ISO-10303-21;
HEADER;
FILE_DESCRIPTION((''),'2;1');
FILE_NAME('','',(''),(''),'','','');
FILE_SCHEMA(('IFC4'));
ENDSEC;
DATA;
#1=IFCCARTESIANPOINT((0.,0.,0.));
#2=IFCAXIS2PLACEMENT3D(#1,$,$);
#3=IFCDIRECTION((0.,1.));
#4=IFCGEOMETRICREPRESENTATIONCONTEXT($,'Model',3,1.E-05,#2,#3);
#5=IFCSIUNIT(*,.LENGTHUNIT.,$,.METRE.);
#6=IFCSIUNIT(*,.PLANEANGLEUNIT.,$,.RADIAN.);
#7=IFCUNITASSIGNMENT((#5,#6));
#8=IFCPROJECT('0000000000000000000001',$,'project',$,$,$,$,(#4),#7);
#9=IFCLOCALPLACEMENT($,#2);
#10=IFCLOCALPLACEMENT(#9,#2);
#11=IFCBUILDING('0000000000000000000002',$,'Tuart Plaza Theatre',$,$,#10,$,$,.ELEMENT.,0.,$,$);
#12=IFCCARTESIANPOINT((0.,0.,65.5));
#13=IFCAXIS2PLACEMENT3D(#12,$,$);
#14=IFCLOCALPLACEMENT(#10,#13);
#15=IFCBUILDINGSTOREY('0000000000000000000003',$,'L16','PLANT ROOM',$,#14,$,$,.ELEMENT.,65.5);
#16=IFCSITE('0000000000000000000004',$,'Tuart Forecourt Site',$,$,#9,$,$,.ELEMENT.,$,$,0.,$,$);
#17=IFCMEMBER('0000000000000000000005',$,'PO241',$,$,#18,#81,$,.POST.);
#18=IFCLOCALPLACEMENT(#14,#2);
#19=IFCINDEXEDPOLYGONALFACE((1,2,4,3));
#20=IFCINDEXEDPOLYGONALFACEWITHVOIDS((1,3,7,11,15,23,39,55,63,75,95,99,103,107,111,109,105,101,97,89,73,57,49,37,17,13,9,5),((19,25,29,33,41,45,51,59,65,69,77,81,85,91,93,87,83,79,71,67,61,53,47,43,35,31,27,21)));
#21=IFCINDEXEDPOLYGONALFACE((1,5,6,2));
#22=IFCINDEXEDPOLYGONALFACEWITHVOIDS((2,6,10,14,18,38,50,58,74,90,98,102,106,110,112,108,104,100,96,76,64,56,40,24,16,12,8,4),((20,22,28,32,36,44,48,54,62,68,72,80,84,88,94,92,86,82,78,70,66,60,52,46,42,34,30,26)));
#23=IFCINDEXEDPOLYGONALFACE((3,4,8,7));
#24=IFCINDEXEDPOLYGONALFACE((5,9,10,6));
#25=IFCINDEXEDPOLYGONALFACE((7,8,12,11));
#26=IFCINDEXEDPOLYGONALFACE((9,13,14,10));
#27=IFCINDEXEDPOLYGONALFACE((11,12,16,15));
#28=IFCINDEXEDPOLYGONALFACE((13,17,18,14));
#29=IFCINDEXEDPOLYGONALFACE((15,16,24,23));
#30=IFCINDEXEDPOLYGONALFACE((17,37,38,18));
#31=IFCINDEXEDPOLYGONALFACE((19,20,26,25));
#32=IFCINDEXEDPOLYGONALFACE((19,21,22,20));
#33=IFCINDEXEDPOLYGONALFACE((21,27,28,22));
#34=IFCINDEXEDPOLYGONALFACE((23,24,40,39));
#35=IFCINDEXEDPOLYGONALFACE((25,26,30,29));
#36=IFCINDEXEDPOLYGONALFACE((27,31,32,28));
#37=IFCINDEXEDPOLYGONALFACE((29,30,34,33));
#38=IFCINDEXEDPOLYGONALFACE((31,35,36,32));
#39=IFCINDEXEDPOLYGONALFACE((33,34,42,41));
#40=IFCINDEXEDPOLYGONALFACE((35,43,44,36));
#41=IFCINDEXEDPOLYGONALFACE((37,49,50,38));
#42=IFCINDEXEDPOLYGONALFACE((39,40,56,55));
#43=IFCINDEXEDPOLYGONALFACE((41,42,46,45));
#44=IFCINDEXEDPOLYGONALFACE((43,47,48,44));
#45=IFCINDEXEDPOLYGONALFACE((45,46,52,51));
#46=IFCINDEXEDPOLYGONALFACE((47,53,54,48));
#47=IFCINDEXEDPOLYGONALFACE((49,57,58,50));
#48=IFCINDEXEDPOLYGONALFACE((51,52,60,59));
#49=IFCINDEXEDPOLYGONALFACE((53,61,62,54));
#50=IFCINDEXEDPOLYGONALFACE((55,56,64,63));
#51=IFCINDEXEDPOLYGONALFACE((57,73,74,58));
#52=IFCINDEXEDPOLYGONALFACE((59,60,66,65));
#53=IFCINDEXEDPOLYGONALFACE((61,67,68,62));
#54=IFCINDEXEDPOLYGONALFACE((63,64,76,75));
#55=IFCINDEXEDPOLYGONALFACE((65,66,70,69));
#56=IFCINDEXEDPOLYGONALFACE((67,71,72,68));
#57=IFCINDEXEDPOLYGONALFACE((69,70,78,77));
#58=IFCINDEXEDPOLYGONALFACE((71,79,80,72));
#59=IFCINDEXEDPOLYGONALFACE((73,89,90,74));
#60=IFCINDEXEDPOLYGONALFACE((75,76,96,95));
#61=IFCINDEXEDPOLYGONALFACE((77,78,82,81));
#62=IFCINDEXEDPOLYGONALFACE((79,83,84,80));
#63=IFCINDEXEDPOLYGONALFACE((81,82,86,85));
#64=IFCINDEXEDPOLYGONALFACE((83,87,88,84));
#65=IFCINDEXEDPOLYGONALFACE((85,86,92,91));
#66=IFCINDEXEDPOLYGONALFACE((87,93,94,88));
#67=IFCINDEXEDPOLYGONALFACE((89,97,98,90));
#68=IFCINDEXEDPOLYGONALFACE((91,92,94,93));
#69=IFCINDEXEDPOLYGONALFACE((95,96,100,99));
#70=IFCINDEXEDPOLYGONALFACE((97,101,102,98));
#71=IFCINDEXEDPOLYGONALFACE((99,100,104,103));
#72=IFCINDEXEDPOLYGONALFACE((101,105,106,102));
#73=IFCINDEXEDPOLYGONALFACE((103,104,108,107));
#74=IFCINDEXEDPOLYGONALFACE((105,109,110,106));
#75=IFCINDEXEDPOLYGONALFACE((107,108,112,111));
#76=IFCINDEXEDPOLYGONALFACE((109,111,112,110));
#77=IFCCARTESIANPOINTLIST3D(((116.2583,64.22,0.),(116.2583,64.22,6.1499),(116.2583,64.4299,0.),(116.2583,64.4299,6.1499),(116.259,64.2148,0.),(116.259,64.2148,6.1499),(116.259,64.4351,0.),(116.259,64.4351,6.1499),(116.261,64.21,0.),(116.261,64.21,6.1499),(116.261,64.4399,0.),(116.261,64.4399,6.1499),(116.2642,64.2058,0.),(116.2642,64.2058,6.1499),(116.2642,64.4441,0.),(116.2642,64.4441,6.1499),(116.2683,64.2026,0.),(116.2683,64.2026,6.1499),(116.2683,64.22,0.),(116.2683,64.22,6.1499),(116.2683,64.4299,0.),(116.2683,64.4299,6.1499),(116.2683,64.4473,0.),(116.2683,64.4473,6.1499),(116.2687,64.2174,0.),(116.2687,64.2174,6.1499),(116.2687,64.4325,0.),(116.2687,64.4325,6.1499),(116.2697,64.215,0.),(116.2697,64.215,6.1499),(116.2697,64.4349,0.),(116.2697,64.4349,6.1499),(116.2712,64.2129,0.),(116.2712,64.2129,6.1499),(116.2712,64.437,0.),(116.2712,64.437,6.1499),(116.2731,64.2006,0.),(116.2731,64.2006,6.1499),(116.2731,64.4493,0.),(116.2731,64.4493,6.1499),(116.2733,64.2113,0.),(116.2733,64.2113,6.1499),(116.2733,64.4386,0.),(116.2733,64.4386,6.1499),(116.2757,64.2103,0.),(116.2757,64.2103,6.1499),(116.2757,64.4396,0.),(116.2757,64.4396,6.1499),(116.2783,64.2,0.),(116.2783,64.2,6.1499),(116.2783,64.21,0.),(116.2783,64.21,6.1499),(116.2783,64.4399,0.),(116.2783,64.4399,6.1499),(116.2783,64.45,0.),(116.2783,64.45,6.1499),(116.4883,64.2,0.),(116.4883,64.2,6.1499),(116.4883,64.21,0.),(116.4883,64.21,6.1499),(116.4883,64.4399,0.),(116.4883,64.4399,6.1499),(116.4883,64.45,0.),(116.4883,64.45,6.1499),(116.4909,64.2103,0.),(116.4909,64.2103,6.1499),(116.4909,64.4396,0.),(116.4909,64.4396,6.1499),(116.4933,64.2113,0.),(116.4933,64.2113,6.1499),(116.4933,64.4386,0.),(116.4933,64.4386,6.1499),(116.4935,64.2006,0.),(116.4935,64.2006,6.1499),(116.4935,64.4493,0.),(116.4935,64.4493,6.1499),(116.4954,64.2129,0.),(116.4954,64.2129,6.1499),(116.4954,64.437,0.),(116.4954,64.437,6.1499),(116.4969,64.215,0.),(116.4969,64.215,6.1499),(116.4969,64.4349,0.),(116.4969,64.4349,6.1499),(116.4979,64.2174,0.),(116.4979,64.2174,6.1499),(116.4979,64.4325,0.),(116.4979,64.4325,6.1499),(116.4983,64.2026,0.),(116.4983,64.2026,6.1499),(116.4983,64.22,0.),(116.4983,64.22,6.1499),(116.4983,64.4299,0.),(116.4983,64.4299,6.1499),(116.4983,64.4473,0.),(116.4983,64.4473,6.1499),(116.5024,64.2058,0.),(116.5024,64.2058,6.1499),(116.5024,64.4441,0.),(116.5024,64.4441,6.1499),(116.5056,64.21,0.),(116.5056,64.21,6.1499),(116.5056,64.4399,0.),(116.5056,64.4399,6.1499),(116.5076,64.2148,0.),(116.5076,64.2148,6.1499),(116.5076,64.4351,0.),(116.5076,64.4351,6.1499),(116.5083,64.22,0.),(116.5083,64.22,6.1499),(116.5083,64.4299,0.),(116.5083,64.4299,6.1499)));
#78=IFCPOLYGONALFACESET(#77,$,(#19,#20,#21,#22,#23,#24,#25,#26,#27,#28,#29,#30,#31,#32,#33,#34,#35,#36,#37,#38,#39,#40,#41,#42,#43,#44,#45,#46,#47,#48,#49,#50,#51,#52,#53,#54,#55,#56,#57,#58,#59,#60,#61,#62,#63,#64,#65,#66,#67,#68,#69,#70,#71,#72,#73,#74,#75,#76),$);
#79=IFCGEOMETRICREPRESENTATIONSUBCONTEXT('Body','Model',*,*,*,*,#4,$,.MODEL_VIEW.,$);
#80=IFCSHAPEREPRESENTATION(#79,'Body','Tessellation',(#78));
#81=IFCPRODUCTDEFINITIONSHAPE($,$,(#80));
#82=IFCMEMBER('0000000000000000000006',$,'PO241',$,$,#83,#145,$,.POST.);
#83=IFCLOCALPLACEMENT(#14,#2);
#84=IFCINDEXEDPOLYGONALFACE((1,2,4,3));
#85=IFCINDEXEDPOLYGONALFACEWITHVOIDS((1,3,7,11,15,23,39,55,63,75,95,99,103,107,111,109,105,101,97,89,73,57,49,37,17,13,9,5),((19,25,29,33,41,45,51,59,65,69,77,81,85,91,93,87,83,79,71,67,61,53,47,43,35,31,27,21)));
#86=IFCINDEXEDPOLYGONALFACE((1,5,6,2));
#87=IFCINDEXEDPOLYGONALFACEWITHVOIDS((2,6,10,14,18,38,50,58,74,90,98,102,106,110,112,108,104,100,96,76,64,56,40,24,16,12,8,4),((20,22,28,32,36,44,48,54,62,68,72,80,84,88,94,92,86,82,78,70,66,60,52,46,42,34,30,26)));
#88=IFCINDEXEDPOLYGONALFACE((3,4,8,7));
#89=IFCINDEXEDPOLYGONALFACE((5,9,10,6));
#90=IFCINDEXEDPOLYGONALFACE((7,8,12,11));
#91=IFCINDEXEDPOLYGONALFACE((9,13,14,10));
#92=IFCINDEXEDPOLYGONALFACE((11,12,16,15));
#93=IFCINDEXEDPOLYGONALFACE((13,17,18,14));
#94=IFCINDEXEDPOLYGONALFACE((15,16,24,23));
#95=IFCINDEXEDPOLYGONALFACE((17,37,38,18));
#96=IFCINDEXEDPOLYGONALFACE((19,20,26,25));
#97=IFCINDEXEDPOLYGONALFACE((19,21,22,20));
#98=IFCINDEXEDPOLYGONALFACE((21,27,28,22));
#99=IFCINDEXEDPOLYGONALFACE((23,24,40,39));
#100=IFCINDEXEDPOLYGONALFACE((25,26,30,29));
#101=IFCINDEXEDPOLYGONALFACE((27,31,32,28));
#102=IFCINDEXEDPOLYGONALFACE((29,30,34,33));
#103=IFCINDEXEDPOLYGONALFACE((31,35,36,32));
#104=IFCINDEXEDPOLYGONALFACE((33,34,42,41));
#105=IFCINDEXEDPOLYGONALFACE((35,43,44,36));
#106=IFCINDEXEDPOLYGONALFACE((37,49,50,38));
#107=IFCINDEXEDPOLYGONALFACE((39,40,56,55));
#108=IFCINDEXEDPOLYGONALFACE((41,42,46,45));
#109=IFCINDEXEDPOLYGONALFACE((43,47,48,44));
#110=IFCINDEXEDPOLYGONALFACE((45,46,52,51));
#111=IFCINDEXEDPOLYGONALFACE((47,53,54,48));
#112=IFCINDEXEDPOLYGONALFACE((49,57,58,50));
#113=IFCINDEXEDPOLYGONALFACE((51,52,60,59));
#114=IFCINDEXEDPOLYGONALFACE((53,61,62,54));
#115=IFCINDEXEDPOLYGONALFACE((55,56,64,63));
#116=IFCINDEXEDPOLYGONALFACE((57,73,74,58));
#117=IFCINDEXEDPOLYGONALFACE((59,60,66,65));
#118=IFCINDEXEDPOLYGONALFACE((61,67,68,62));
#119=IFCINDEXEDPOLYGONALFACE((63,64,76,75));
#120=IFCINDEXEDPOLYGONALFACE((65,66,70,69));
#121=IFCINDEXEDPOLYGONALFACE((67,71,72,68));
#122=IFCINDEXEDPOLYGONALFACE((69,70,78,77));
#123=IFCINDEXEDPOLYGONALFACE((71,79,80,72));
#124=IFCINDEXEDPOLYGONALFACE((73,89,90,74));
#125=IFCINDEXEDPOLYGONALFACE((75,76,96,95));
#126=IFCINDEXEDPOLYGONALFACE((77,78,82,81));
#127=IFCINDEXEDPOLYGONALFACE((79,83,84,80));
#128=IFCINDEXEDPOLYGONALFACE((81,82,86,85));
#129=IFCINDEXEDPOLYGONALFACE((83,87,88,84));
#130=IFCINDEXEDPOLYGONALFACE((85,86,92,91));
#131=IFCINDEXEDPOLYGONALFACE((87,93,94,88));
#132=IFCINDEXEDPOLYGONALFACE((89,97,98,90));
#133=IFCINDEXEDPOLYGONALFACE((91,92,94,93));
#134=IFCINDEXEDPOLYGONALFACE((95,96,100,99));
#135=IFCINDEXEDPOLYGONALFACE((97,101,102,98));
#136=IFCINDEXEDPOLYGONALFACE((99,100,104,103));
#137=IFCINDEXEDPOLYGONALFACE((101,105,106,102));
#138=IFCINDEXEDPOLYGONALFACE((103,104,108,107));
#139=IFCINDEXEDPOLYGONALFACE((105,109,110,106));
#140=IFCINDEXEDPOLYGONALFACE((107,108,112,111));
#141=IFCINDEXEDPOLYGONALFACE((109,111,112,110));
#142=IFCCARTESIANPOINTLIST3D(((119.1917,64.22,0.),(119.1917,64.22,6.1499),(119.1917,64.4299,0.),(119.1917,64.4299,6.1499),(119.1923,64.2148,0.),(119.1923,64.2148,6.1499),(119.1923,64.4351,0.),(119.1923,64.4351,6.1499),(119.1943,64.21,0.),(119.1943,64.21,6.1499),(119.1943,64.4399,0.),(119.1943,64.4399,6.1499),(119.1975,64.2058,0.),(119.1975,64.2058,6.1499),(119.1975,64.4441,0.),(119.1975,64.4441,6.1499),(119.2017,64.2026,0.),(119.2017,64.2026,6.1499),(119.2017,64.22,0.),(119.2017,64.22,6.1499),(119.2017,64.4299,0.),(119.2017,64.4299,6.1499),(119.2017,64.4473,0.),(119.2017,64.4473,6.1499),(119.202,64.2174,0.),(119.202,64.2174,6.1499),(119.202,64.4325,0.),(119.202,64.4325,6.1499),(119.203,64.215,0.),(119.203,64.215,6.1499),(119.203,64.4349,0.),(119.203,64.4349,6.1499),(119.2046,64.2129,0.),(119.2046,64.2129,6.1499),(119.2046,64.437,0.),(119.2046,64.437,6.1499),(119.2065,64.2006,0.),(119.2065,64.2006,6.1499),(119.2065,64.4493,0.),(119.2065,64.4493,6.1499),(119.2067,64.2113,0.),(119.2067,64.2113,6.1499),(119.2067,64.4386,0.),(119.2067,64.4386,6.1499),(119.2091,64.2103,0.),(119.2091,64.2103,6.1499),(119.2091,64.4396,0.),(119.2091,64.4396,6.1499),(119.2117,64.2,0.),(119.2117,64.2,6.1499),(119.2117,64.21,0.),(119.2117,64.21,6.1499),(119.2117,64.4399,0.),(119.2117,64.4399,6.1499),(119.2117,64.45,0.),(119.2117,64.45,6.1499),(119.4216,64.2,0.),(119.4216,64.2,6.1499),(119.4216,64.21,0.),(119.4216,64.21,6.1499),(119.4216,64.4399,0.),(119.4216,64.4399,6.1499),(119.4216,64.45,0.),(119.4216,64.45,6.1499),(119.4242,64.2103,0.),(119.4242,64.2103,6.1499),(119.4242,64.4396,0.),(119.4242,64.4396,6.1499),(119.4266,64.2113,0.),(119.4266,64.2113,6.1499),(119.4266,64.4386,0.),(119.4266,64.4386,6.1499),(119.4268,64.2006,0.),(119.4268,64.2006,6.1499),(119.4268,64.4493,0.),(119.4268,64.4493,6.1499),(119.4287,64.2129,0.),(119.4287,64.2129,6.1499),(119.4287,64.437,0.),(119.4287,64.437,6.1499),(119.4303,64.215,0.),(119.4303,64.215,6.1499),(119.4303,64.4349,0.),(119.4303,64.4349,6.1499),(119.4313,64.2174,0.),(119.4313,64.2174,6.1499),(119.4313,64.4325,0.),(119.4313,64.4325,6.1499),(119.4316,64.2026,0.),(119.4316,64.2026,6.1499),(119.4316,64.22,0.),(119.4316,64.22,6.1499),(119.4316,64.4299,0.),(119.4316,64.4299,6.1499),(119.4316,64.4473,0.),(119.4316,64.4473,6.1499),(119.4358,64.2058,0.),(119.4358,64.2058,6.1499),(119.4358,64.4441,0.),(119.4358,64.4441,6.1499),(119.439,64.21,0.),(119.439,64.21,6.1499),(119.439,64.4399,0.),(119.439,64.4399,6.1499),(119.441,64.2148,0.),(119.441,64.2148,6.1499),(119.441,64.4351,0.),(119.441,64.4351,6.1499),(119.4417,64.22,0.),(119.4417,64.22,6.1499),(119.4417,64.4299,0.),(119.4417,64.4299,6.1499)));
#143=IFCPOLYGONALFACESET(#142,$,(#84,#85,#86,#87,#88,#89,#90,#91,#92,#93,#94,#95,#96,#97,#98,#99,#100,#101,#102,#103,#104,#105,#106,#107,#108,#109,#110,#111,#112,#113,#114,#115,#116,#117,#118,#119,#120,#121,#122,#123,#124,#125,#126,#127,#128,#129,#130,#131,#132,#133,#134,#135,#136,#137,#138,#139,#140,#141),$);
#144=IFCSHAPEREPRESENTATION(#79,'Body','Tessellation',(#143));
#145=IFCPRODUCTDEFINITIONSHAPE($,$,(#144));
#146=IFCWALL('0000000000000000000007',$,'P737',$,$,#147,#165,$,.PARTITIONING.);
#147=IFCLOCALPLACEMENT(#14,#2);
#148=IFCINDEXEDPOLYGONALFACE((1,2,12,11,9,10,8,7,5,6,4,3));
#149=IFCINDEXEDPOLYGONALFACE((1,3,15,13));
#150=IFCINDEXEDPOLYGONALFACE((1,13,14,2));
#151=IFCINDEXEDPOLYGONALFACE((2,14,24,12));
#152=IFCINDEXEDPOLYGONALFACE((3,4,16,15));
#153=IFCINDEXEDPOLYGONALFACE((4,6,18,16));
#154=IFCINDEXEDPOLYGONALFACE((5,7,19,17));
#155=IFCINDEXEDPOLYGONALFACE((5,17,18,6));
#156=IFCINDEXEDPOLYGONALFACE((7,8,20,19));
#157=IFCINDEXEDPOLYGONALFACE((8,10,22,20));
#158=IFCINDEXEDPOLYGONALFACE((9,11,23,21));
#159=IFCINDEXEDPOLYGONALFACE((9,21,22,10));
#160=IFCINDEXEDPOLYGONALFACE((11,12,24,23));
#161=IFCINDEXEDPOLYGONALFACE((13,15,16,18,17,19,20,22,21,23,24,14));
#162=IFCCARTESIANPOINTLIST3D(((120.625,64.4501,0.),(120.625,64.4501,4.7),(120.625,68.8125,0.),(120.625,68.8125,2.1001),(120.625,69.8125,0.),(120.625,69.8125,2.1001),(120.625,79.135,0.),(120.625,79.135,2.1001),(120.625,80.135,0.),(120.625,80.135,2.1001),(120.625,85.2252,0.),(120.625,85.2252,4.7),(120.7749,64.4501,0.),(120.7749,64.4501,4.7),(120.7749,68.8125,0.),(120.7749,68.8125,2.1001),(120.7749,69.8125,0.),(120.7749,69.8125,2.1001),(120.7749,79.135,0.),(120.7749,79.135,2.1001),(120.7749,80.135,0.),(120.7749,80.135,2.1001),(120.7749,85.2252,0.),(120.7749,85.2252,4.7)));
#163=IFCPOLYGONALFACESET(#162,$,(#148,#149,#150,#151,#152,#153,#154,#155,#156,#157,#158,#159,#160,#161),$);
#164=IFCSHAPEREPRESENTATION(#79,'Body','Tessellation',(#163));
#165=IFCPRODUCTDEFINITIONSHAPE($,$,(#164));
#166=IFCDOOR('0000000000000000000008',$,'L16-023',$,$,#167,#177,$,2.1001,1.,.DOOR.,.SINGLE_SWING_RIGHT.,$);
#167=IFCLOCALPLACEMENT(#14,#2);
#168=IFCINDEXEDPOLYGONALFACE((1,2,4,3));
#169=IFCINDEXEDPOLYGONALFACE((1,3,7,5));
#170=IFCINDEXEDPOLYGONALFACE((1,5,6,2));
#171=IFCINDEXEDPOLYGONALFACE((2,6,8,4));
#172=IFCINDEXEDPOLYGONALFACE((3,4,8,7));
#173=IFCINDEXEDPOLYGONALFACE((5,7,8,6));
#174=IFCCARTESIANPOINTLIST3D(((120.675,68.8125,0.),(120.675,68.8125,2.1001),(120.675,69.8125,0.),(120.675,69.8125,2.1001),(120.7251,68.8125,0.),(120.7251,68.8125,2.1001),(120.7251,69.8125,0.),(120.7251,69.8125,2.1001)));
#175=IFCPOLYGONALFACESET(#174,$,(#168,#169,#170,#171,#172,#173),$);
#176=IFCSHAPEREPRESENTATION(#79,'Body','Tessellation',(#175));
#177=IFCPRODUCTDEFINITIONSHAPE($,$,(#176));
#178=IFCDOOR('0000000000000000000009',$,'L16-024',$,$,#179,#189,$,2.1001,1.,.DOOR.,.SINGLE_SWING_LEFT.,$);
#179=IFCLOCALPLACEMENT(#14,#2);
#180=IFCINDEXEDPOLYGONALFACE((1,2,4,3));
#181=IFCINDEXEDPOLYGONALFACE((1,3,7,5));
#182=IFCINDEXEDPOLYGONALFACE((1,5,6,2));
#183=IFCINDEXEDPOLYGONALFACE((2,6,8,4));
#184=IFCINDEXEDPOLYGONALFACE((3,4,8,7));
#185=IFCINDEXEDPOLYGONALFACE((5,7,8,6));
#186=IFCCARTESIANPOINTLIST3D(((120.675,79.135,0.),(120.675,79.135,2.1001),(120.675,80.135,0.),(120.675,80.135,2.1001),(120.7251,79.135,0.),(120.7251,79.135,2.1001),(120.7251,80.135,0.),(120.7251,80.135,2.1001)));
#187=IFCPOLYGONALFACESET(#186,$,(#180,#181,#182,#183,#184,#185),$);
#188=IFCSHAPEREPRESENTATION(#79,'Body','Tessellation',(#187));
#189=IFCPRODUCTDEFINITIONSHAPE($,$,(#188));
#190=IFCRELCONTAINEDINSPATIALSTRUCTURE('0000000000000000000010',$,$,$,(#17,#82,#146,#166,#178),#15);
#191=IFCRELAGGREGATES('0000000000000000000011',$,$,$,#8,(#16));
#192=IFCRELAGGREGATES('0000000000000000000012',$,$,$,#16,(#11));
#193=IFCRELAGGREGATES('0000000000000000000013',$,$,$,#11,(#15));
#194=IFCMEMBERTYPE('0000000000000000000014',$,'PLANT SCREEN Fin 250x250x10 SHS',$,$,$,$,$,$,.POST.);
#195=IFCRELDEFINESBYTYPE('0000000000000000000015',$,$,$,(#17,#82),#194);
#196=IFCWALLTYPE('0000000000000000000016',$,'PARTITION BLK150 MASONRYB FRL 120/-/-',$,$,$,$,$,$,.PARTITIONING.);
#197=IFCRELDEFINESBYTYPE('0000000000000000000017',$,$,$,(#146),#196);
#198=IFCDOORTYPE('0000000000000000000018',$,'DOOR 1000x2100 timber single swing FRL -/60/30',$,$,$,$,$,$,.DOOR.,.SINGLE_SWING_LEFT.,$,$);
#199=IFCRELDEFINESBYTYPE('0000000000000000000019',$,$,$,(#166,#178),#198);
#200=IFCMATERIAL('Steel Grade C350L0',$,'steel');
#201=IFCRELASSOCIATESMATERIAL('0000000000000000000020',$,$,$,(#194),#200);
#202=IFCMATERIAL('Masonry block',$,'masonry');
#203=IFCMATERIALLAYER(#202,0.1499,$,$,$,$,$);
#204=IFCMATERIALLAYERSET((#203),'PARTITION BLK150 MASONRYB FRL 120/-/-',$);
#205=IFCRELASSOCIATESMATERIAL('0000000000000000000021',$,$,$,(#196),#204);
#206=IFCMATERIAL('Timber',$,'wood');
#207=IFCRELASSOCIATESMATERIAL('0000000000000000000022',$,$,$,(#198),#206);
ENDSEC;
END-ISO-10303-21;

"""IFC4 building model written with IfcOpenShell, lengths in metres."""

from ifc_helpers import new_model, si_unit, direction, frame, frame_2d, origin, origin_2d, place, context, subcontext, project, spatial, rectangle, hollow_rectangle, extrude, material, layer, layer_set, material_profile, profile_set, type_object, element, fill, save


model = new_model("IFC4")

# Units and contexts
model_context = context("Model", 3, precision=1e-05, world=origin(), true_north=direction((0.0, 1.0)))
body_context = subcontext(model_context, "Body", "Model", "MODEL_VIEW")
ifc_project = project(units=[si_unit("LENGTHUNIT", "METRE"), si_unit("PLANEANGLEUNIT", "RADIAN")], contexts=[model_context])

# Site, building, storey
site_placement = place(None, origin())
site = spatial("IfcSite", under=ifc_project, at=site_placement, Name="Tuart Forecourt Site", CompositionType="ELEMENT", RefElevation=0.0)
building_placement = place(site_placement, origin())
building = spatial("IfcBuilding", under=site, at=building_placement, Name="Tuart Plaza Theatre", CompositionType="ELEMENT", ElevationOfRefHeight=0.0)
storey_placement = place(building_placement, frame((0.0, 0.0, 65.5)))
storey = spatial("IfcBuildingStorey", under=building, at=storey_placement, Name="L16", Description="PLANT ROOM", CompositionType="ELEMENT", Elevation=65.5)

# Members
ifc_material_1 = material(Name="Steel Grade C350L0", Category="steel")
ifc_material_profile_1 = material_profile(ifc_material_1, hollow_rectangle(XDim=0.25, YDim=0.25, WallThickness=0.01, InnerFilletRadius=0.01, OuterFilletRadius=0.02, at=origin_2d()), Name="250x250x10 SHS")
ifc_profile_set_1 = profile_set([ifc_material_profile_1], Name="Steel Grade C350L0")
member_type = type_object("IfcMemberType", Name="PLANT SCREEN Fin 250x250x10 SHS", PredefinedType="POST", material=ifc_profile_set_1)
for number, where, z_axis, x_axis, name in (
    (1, (116.3833, 64.325, 0.0), (0.0, 0.0, 1.0), (1.0, 0.0, 0.0), "PO241"),
    (2, (119.3167, 64.325, 0.0), (0.0, 0.0, 1.0), (1.0, 0.0, 0.0), "PO241"),
):
    element("IfcMember", number, at=place(storey_placement, frame(where, z_axis=z_axis, x_axis=x_axis)), inside=storey, type_object=member_type, Name=name, PredefinedType="POST", context=body_context, shape_type="SweptSolid", body=[
        extrude(hollow_rectangle(XDim=0.25, YDim=0.25, WallThickness=0.01, InnerFilletRadius=0.01, OuterFilletRadius=0.02, at=origin_2d()), origin(), (0.0, 0.0, 1.0), 6.1499),
    ])

# Wall, openings, doors
ifc_material_2 = material(Name="Masonry block", Category="masonry")
ifc_layer_1 = layer(ifc_material_2, 0.1499)
ifc_layer_set_1 = layer_set([ifc_layer_1], Name="PARTITION BLK150 MASONRYB FRL 120/-/-")
wall_type_1 = type_object("IfcWallType", Name="PARTITION BLK150 MASONRYB FRL 120/-/-", PredefinedType="PARTITIONING", material=ifc_layer_set_1)
wall_1_placement = place(storey_placement, frame((120.7, 64.45, 0.0), z_axis=(0.0, 0.0, 1.0), x_axis=(0.0, 1.0, 0.0)))
wall_1 = element("IfcWall", 3, at=wall_1_placement, inside=storey, type_object=wall_type_1, Name="P737", PredefinedType="PARTITIONING", context=body_context, shape_type="SweptSolid", body=[
    extrude(rectangle(XDim=20.7751, YDim=0.1499, at=frame_2d((10.3877, 0.0))), origin(), (0.0, 0.0, 1.0), 4.7),
])
opening_1_placement = place(wall_1_placement, frame((4.3625, 0.0, 0.0)))
opening_1 = element("IfcOpeningElement", 4, at=opening_1_placement, cuts=wall_1, PredefinedType="OPENING", context=body_context, shape_type="SweptSolid", body=[
    extrude(rectangle(XDim=1.0, YDim=2.1001, at=frame_2d((0.5, 1.05))), frame((0.0, 0.085, 0.0), z_axis=(0.0, -1.0, 0.0), x_axis=(1.0, 0.0, 0.0)), (0.0, 0.0, 1.0), 0.1699),
])
opening_2_placement = place(wall_1_placement, frame((14.6851, 0.0, 0.0)))
opening_2 = element("IfcOpeningElement", 5, at=opening_2_placement, cuts=wall_1, PredefinedType="OPENING", context=body_context, shape_type="SweptSolid", body=[
    extrude(rectangle(XDim=1.0, YDim=2.1001, at=frame_2d((0.5, 1.05))), frame((0.0, 0.085, 0.0), z_axis=(0.0, -1.0, 0.0), x_axis=(1.0, 0.0, 0.0)), (0.0, 0.0, 1.0), 0.1699),
])
ifc_material_3 = material(Name="Timber", Category="wood")
door_type_1 = type_object("IfcDoorType", Name="DOOR 1000x2100 timber single swing FRL -/60/30", OperationType="SINGLE_SWING_LEFT", PredefinedType="DOOR", material=ifc_material_3)
door_1_placement = place(opening_1_placement, origin())
door_1 = element("IfcDoor", 6, at=door_1_placement, inside=storey, type_object=door_type_1, Name="L16-023", OperationType="SINGLE_SWING_RIGHT", OverallHeight=2.1001, OverallWidth=1.0, PredefinedType="DOOR", context=body_context, shape_type="SweptSolid", body=[
    extrude(rectangle(XDim=1.0, YDim=2.1001, at=frame_2d((0.5, 1.05))), frame((0.0, 0.0249, 0.0), z_axis=(0.0, -1.0, 0.0), x_axis=(1.0, 0.0, 0.0)), (0.0, 0.0, 1.0), 0.05),
])
fill(opening_1, door_1)
door_2_placement = place(opening_2_placement, origin())
door_2 = element("IfcDoor", 7, at=door_2_placement, inside=storey, type_object=door_type_1, Name="L16-024", OperationType="SINGLE_SWING_LEFT", OverallHeight=2.1001, OverallWidth=1.0, PredefinedType="DOOR", context=body_context, shape_type="SweptSolid", body=[
    extrude(rectangle(XDim=1.0, YDim=2.1001, at=frame_2d((0.5, 1.05))), frame((0.0, 0.0249, 0.0), z_axis=(0.0, -1.0, 0.0), x_axis=(1.0, 0.0, 0.0)), (0.0, 0.0, 1.0), 0.05),
])
fill(opening_2, door_2)

save(model, "model.ifc")
